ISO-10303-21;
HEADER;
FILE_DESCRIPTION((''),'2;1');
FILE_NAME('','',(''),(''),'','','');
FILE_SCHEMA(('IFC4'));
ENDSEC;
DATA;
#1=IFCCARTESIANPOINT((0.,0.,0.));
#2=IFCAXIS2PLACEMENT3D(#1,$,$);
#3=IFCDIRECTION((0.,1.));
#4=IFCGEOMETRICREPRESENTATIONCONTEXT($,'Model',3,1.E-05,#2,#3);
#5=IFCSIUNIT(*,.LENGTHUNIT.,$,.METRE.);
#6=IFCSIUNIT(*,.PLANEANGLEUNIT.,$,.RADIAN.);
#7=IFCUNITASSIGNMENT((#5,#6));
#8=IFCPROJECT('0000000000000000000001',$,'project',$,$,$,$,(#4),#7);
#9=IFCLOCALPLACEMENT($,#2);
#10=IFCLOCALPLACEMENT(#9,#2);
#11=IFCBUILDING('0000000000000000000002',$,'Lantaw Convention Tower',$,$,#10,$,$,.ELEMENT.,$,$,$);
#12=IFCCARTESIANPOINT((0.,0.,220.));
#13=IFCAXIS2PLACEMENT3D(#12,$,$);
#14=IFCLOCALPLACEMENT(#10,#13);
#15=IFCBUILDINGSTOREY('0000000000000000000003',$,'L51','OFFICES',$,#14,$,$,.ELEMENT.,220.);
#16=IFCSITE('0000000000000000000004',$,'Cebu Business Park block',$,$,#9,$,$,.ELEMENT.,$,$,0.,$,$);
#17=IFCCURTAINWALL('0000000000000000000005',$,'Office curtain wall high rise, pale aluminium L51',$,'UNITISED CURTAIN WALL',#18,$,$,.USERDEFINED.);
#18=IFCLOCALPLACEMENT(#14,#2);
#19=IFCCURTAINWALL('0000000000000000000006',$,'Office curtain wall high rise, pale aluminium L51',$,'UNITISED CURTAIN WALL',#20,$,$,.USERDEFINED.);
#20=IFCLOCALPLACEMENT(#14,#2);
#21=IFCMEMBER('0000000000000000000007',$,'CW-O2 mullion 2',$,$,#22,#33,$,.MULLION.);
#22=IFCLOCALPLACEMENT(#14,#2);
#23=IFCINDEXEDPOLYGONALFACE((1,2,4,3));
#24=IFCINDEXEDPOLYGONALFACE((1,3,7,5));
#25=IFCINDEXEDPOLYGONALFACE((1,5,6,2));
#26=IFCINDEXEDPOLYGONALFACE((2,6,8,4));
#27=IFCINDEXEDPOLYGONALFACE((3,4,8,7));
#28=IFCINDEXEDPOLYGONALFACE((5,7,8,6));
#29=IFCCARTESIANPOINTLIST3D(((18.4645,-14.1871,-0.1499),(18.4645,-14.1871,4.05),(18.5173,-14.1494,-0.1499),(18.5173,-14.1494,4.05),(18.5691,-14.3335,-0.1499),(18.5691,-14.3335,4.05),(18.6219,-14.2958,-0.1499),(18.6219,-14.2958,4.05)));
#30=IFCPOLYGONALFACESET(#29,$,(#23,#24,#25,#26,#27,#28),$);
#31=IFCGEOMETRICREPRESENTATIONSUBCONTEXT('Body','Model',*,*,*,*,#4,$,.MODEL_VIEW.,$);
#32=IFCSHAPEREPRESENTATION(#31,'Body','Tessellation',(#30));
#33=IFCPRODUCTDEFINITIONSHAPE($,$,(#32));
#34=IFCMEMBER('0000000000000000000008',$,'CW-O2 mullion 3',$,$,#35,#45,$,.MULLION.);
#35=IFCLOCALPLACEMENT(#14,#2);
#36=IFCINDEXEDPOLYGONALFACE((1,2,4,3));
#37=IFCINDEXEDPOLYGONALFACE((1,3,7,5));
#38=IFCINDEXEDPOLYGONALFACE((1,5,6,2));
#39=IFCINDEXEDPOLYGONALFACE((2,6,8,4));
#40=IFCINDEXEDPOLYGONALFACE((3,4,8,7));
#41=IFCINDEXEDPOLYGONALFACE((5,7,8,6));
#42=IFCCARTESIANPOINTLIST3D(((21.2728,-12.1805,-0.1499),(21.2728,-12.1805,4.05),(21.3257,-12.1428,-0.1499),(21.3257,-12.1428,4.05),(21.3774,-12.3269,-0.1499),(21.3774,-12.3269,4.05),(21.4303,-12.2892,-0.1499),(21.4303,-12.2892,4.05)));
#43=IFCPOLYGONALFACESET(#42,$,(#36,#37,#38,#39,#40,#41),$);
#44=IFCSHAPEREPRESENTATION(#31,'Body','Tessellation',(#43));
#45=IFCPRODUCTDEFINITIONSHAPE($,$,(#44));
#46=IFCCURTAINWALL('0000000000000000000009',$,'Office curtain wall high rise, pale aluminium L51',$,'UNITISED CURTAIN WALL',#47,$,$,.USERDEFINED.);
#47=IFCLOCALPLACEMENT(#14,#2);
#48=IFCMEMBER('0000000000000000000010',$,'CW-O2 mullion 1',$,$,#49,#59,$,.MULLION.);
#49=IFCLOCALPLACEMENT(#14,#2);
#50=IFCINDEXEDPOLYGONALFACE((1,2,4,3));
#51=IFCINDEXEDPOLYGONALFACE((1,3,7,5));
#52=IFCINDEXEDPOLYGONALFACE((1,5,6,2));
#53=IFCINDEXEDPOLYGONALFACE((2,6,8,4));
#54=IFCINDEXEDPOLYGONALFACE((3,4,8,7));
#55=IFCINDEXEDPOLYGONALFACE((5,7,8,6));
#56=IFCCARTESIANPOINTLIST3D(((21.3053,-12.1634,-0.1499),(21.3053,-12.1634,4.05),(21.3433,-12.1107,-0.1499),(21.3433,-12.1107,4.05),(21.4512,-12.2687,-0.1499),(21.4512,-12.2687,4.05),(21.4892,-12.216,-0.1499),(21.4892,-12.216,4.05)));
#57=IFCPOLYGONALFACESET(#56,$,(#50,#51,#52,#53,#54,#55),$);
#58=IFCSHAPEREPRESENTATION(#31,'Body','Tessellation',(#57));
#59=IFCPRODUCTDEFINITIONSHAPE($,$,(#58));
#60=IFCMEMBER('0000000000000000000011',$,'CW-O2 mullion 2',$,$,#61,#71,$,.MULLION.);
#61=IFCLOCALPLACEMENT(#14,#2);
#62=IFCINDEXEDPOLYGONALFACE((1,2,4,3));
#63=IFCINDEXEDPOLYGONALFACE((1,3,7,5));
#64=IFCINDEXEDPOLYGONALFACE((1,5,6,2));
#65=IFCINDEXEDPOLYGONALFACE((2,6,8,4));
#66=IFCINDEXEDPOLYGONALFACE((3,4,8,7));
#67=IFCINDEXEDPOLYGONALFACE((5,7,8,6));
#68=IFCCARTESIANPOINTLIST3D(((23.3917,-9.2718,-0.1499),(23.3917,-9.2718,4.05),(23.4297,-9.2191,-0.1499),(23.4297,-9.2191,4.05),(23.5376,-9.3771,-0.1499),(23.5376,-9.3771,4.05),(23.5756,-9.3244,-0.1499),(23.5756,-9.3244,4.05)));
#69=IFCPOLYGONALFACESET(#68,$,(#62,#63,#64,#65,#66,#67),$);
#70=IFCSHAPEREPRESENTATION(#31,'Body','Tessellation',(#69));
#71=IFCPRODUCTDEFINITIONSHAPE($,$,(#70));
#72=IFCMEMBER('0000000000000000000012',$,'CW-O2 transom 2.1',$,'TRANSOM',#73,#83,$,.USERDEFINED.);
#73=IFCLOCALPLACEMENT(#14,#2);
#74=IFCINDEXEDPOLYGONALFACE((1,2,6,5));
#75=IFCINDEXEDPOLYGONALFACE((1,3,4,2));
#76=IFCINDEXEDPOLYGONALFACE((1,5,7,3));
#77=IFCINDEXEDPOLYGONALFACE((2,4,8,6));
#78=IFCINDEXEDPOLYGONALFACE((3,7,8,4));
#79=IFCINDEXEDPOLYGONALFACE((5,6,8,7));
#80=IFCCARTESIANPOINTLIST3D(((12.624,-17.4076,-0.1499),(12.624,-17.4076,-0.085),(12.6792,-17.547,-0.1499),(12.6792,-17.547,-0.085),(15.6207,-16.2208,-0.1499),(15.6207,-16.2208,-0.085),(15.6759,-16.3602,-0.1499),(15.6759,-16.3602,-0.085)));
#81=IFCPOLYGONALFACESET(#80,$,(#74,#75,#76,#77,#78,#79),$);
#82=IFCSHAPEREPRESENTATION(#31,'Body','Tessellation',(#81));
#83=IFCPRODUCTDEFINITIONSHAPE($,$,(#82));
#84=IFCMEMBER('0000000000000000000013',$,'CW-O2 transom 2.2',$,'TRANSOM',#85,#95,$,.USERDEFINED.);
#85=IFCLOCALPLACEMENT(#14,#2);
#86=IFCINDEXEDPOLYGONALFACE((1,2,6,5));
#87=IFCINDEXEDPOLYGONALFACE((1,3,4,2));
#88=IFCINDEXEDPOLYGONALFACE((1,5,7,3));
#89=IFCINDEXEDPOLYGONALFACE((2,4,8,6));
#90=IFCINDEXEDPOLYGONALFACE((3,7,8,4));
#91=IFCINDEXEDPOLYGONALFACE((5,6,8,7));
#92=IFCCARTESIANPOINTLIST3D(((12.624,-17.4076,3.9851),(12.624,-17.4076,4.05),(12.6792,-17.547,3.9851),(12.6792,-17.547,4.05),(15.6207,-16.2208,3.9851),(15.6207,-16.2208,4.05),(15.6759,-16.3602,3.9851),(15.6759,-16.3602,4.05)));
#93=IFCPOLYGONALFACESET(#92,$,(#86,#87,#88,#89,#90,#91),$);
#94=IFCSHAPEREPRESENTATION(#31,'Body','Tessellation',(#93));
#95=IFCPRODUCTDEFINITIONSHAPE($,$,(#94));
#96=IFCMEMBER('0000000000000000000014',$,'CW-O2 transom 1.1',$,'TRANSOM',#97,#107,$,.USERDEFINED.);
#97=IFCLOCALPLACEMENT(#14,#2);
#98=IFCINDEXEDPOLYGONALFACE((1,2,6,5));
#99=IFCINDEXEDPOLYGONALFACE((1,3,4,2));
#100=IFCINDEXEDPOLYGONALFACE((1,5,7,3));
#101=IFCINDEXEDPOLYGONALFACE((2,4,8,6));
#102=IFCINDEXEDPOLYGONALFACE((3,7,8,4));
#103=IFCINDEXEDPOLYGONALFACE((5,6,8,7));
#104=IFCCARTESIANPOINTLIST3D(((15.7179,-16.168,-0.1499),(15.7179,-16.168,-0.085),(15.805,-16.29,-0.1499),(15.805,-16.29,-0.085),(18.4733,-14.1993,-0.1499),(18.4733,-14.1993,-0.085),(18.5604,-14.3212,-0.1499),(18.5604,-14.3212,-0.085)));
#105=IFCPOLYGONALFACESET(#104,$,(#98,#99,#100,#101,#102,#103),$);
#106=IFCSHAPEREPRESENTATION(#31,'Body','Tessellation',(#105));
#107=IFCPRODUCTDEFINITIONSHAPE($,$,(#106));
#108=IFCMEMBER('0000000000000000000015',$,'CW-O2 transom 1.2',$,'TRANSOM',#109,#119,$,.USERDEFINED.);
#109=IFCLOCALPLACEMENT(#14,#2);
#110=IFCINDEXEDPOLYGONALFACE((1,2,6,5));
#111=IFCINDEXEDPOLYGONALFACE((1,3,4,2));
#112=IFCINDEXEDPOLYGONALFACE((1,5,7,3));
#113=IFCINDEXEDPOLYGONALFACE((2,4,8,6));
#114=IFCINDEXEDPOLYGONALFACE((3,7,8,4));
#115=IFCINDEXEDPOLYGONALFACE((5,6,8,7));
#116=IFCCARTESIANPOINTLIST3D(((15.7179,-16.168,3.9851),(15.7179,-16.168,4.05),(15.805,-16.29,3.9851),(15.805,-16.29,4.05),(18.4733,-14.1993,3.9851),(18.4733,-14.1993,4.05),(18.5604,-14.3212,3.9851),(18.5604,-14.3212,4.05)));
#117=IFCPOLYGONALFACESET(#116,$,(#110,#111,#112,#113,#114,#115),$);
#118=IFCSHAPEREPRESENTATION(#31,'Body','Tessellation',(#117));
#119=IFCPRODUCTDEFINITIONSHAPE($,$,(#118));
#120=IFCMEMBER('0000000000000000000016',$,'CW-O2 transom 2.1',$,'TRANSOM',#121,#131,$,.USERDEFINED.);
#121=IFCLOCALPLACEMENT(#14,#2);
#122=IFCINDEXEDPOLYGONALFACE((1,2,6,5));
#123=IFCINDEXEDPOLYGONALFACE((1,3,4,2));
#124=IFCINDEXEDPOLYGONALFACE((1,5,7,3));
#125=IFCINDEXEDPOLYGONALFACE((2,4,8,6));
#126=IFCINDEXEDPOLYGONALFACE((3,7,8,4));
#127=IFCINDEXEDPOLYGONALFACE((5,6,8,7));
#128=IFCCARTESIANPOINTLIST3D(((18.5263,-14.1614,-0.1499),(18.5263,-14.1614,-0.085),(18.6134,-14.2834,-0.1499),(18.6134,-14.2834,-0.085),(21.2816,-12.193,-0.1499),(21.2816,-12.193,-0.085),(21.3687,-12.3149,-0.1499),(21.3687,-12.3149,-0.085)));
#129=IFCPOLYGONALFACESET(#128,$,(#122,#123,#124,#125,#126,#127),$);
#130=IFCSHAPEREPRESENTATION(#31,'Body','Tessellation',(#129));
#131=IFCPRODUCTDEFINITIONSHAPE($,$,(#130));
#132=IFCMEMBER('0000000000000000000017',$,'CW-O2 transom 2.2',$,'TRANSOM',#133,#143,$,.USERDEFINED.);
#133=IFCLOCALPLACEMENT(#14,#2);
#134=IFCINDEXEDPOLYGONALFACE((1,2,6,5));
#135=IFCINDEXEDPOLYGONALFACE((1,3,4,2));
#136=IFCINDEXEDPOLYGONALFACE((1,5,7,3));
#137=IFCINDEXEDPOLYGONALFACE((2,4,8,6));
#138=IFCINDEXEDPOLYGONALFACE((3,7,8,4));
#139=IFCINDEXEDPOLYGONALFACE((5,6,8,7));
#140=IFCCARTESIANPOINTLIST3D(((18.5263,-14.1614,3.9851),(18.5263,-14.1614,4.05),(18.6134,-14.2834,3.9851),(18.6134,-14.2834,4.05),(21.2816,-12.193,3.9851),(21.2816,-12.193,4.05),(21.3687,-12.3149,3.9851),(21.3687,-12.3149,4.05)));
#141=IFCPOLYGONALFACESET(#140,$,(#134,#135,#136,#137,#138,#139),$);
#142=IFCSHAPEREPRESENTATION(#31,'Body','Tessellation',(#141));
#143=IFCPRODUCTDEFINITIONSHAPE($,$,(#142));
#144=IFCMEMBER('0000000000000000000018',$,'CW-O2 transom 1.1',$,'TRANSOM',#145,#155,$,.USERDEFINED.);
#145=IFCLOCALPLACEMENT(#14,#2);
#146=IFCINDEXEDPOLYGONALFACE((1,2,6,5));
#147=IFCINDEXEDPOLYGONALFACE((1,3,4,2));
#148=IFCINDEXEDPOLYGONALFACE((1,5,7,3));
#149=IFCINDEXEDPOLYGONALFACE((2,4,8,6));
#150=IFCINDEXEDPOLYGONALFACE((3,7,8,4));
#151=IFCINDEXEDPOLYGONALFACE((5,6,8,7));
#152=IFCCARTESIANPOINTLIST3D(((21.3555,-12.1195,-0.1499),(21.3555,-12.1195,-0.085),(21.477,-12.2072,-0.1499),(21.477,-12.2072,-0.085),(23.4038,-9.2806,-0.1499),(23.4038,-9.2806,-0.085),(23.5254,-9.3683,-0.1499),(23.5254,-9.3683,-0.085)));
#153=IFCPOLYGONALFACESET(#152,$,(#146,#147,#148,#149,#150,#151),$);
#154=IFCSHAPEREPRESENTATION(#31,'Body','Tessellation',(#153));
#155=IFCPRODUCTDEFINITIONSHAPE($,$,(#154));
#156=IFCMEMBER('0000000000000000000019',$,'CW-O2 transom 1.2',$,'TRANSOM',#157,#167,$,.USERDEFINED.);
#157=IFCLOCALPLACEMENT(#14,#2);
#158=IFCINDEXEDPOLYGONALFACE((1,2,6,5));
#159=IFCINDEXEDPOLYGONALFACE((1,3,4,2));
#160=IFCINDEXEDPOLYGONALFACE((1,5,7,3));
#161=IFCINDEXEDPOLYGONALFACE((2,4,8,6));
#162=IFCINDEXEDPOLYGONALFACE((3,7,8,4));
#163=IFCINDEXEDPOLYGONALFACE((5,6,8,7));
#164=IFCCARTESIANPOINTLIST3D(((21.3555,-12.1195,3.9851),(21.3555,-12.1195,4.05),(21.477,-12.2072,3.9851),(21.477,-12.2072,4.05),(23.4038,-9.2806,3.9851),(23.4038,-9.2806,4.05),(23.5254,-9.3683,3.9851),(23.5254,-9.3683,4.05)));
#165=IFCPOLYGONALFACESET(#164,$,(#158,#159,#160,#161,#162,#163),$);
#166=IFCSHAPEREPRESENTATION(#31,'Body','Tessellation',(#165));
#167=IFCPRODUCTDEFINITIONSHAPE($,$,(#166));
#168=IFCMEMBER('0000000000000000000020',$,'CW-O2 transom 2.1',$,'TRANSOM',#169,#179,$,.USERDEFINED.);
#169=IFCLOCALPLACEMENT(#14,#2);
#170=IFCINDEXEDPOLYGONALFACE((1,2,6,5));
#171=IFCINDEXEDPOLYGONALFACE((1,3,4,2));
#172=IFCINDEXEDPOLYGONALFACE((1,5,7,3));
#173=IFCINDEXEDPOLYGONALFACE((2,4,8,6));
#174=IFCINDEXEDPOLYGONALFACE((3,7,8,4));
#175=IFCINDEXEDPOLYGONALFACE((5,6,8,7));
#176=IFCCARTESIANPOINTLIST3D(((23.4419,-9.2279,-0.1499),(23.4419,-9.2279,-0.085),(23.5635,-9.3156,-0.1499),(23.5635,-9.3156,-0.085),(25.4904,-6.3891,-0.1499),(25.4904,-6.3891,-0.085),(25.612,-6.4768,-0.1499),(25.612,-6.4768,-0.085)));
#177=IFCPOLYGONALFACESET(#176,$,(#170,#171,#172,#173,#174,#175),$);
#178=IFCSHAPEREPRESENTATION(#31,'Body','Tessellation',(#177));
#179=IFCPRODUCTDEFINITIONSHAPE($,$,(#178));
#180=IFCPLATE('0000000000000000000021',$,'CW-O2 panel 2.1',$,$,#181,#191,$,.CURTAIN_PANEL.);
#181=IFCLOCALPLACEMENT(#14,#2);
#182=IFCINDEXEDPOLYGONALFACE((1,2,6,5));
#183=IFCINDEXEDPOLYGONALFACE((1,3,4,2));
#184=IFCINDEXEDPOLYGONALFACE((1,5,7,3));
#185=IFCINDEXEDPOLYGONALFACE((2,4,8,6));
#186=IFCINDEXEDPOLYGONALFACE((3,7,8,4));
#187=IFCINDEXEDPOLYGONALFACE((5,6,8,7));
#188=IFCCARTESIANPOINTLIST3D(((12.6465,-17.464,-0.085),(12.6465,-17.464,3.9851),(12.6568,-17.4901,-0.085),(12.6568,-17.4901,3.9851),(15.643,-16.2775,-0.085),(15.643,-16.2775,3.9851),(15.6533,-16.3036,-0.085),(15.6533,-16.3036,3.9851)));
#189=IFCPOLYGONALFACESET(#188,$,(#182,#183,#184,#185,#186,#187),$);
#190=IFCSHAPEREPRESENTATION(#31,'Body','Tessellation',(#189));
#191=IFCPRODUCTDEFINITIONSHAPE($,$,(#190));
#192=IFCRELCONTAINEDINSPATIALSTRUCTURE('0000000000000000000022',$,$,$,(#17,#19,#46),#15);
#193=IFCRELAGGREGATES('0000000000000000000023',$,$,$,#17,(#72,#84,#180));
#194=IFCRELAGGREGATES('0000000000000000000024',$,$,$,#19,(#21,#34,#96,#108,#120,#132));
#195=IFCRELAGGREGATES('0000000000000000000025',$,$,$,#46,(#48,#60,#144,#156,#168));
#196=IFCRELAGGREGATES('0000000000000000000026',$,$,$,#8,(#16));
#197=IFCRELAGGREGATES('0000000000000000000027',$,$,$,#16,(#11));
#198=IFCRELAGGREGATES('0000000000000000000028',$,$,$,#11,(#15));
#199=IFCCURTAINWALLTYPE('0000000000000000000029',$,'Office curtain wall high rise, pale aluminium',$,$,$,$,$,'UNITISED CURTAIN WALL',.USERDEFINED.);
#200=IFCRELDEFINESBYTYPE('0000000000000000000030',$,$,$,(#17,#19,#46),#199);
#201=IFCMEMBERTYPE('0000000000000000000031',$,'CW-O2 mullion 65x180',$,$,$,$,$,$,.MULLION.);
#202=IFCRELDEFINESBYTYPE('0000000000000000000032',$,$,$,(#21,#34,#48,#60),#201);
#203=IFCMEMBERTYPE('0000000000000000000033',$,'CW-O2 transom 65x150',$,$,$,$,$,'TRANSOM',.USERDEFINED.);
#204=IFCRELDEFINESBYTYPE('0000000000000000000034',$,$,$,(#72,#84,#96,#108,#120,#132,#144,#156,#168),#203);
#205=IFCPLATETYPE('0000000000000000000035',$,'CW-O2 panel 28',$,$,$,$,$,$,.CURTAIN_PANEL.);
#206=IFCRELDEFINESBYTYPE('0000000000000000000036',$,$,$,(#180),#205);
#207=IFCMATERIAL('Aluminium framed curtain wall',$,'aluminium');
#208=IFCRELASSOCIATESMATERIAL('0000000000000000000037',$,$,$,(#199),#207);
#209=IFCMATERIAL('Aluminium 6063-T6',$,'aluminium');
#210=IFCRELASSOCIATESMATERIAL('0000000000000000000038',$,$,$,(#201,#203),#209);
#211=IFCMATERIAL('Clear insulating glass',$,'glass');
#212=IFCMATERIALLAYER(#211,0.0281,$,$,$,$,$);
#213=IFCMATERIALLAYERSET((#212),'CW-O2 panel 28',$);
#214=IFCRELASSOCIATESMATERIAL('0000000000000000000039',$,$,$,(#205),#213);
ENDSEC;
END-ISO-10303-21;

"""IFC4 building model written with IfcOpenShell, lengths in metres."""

from ifc_helpers import new_model, si_unit, direction, frame, origin, origin_2d, place, context, subcontext, project, spatial, rectangle, extrude, material, layer, layer_set, material_profile, profile_set, type_object, element, aggregate, save


model = new_model("IFC4")

# Units and contexts
model_context = context("Model", 3, precision=1e-05, world=origin(), true_north=direction((0.0, 1.0)))
body_context = subcontext(model_context, "Body", "Model", "MODEL_VIEW")
ifc_project = project(units=[si_unit("LENGTHUNIT", "METRE"), si_unit("PLANEANGLEUNIT", "RADIAN")], contexts=[model_context])

# Site, building, storey
site_placement = place(None, origin())
site = spatial("IfcSite", under=ifc_project, at=site_placement, Name="Cebu Business Park block", CompositionType="ELEMENT", RefElevation=0.0)
building_placement = place(site_placement, origin())
building = spatial("IfcBuilding", under=site, at=building_placement, Name="Lantaw Convention Tower", CompositionType="ELEMENT")
storey_placement = place(building_placement, frame((0.0, 0.0, 220.0)))
storey = spatial("IfcBuildingStorey", under=building, at=storey_placement, Name="L51", Description="OFFICES", CompositionType="ELEMENT", Elevation=220.0)

# Curtain walls, members
ifc_material_1 = material(Name="Aluminium framed curtain wall", Category="aluminium")
curtain_wall_type = type_object("IfcCurtainWallType", Name="Office curtain wall high rise, pale aluminium", ElementType="UNITISED CURTAIN WALL", PredefinedType="USERDEFINED", material=ifc_material_1)
curtain_wall_1_placement = place(storey_placement, origin())
curtain_wall_1 = element("IfcCurtainWall", 1, at=curtain_wall_1_placement, inside=storey, type_object=curtain_wall_type, Name="Office curtain wall high rise, pale aluminium L51", ObjectType="UNITISED CURTAIN WALL", PredefinedType="USERDEFINED")
ifc_material_2 = material(Name="Aluminium 6063-T6", Category="aluminium")
ifc_material_profile_1 = material_profile(ifc_material_2, rectangle(XDim=0.1799, YDim=0.0649, at=origin_2d()), Name="CW-O2 mullion 65x180")
ifc_profile_set_1 = profile_set([ifc_material_profile_1], Name="Aluminium 6063-T6")
member_type_1 = type_object("IfcMemberType", Name="CW-O2 mullion 65x180", PredefinedType="MULLION", material=ifc_profile_set_1)
curtain_wall_2_placement = place(storey_placement, origin())
curtain_wall_2 = element("IfcCurtainWall", 2, at=curtain_wall_2_placement, inside=storey, type_object=curtain_wall_type, Name="Office curtain wall high rise, pale aluminium L51", ObjectType="UNITISED CURTAIN WALL", PredefinedType="USERDEFINED")
member_1_placement = place(storey_placement, frame((18.5432, -14.2415, -0.1499), z_axis=(0.0, 0.0, 1.0), x_axis=(-0.581323, 0.813673, 0.0)))
member_1 = element("IfcMember", 3, at=member_1_placement, type_object=member_type_1, Name="CW-O2 mullion 2", PredefinedType="MULLION", context=body_context, shape_type="SweptSolid", body=[
    extrude(rectangle(XDim=0.1799, YDim=0.0649, at=origin_2d()), origin(), (0.0, 0.0, 1.0), 4.2),
])
member_2_placement = place(storey_placement, frame((21.3516, -12.2349, -0.1499), z_axis=(0.0, 0.0, 1.0), x_axis=(-0.581323, 0.813673, 0.0)))
member_2 = element("IfcMember", 4, at=member_2_placement, type_object=member_type_1, Name="CW-O2 mullion 3", PredefinedType="MULLION", context=body_context, shape_type="SweptSolid", body=[
    extrude(rectangle(XDim=0.1799, YDim=0.0649, at=origin_2d()), origin(), (0.0, 0.0, 1.0), 4.2),
])
curtain_wall_3_placement = place(storey_placement, origin())
curtain_wall_3 = element("IfcCurtainWall", 5, at=curtain_wall_3_placement, inside=storey, type_object=curtain_wall_type, Name="Office curtain wall high rise, pale aluminium L51", ObjectType="UNITISED CURTAIN WALL", PredefinedType="USERDEFINED")
member_3_placement = place(storey_placement, frame((21.3972, -12.1897, -0.1499), z_axis=(0.0, 0.0, 1.0), x_axis=(-0.81092, 0.585158, 0.0)))
member_3 = element("IfcMember", 6, at=member_3_placement, type_object=member_type_1, Name="CW-O2 mullion 1", PredefinedType="MULLION", context=body_context, shape_type="SweptSolid", body=[
    extrude(rectangle(XDim=0.1799, YDim=0.0649, at=origin_2d()), origin(), (0.0, 0.0, 1.0), 4.2),
])
member_4_placement = place(storey_placement, frame((23.4836, -9.2981, -0.1499), z_axis=(0.0, 0.0, 1.0), x_axis=(-0.81092, 0.585158, 0.0)))
member_4 = element("IfcMember", 7, at=member_4_placement, type_object=member_type_1, Name="CW-O2 mullion 2", PredefinedType="MULLION", context=body_context, shape_type="SweptSolid", body=[
    extrude(rectangle(XDim=0.1799, YDim=0.0649, at=origin_2d()), origin(), (0.0, 0.0, 1.0), 4.2),
])

# Members
ifc_material_profile_2 = material_profile(ifc_material_2, rectangle(XDim=0.1499, YDim=0.0649, at=origin_2d()), Name="CW-O2 transom 65x150")
ifc_profile_set_2 = profile_set([ifc_material_profile_2], Name="Aluminium 6063-T6")
member_type_2 = type_object("IfcMemberType", Name="CW-O2 transom 65x150", ElementType="TRANSOM", PredefinedType="USERDEFINED", material=ifc_profile_set_2)
member_5_placement = place(storey_placement, frame((12.6516, -17.4773, -0.1174), z_axis=(0.929741, 0.368215, 0.0), x_axis=(-0.368215, 0.929741, 0.0)))
member_5 = element("IfcMember", 8, at=member_5_placement, type_object=member_type_2, Name="CW-O2 transom 2.1", ObjectType="TRANSOM", PredefinedType="USERDEFINED", context=body_context, shape_type="SweptSolid", body=[
    extrude(rectangle(XDim=0.1499, YDim=0.0649, at=origin_2d()), origin(), (0.0, 0.0, 1.0), 3.2231),
])
member_6_placement = place(storey_placement, frame((12.6516, -17.4773, 4.0176), z_axis=(0.929741, 0.368215, 0.0), x_axis=(-0.368215, 0.929741, 0.0)))
member_6 = element("IfcMember", 9, at=member_6_placement, type_object=member_type_2, Name="CW-O2 transom 2.2", ObjectType="TRANSOM", PredefinedType="USERDEFINED", context=body_context, shape_type="SweptSolid", body=[
    extrude(rectangle(XDim=0.1499, YDim=0.0649, at=origin_2d()), origin(), (0.0, 0.0, 1.0), 3.2231),
])
member_7_placement = place(storey_placement, frame((15.7615, -16.229, -0.1174), z_axis=(0.813646, 0.581361, 0.0), x_axis=(-0.581361, 0.813646, 0.0)))
member_7 = element("IfcMember", 10, at=member_7_placement, type_object=member_type_2, Name="CW-O2 transom 1.1", ObjectType="TRANSOM", PredefinedType="USERDEFINED", context=body_context, shape_type="SweptSolid", body=[
    extrude(rectangle(XDim=0.1499, YDim=0.0649, at=origin_2d()), origin(), (0.0, 0.0, 1.0), 3.3865),
])
member_8_placement = place(storey_placement, frame((15.7615, -16.229, 4.0176), z_axis=(0.813646, 0.581361, 0.0), x_axis=(-0.581361, 0.813646, 0.0)))
member_8 = element("IfcMember", 11, at=member_8_placement, type_object=member_type_2, Name="CW-O2 transom 1.2", ObjectType="TRANSOM", PredefinedType="USERDEFINED", context=body_context, shape_type="SweptSolid", body=[
    extrude(rectangle(XDim=0.1499, YDim=0.0649, at=origin_2d()), origin(), (0.0, 0.0, 1.0), 3.3865),
])
member_9_placement = place(storey_placement, frame((18.5698, -14.2224, -0.1174), z_axis=(0.81368, 0.581313, 0.0), x_axis=(-0.581313, 0.81368, 0.0)))
member_9 = element("IfcMember", 12, at=member_9_placement, type_object=member_type_2, Name="CW-O2 transom 2.1", ObjectType="TRANSOM", PredefinedType="USERDEFINED", context=body_context, shape_type="SweptSolid", body=[
    extrude(rectangle(XDim=0.1499, YDim=0.0649, at=origin_2d()), origin(), (0.0, 0.0, 1.0), 3.3862),
])
member_10_placement = place(storey_placement, frame((18.5698, -14.2224, 4.0176), z_axis=(0.81368, 0.581313, 0.0), x_axis=(-0.581313, 0.81368, 0.0)))
member_10 = element("IfcMember", 13, at=member_10_placement, type_object=member_type_2, Name="CW-O2 transom 2.2", ObjectType="TRANSOM", PredefinedType="USERDEFINED", context=body_context, shape_type="SweptSolid", body=[
    extrude(rectangle(XDim=0.1499, YDim=0.0649, at=origin_2d()), origin(), (0.0, 0.0, 1.0), 3.3862),
])
member_11_placement = place(storey_placement, frame((21.4163, -12.1633, -0.1174), z_axis=(0.585124, 0.810944, 0.0), x_axis=(-0.810944, 0.585124, 0.0)))
member_11 = element("IfcMember", 14, at=member_11_placement, type_object=member_type_2, Name="CW-O2 transom 1.1", ObjectType="TRANSOM", PredefinedType="USERDEFINED", context=body_context, shape_type="SweptSolid", body=[
    extrude(rectangle(XDim=0.1499, YDim=0.0649, at=origin_2d()), origin(), (0.0, 0.0, 1.0), 3.5007),
])
member_12_placement = place(storey_placement, frame((21.4163, -12.1633, 4.0176), z_axis=(0.585124, 0.810944, 0.0), x_axis=(-0.810944, 0.585124, 0.0)))
member_12 = element("IfcMember", 15, at=member_12_placement, type_object=member_type_2, Name="CW-O2 transom 1.2", ObjectType="TRANSOM", PredefinedType="USERDEFINED", context=body_context, shape_type="SweptSolid", body=[
    extrude(rectangle(XDim=0.1499, YDim=0.0649, at=origin_2d()), origin(), (0.0, 0.0, 1.0), 3.5007),
])
member_13_placement = place(storey_placement, frame((23.5027, -9.2717, -0.1174), z_axis=(0.58517, 0.810911, 0.0), x_axis=(-0.810911, 0.58517, 0.0)))
member_13 = element("IfcMember", 16, at=member_13_placement, type_object=member_type_2, Name="CW-O2 transom 2.1", ObjectType="TRANSOM", PredefinedType="USERDEFINED", context=body_context, shape_type="SweptSolid", body=[
    extrude(rectangle(XDim=0.1499, YDim=0.0649, at=origin_2d()), origin(), (0.0, 0.0, 1.0), 3.5007),
])

# Plate
ifc_material_3 = material(Name="Clear insulating glass", Category="glass")
ifc_layer_1 = layer(ifc_material_3, 0.0281)
ifc_layer_set_1 = layer_set([ifc_layer_1], Name="CW-O2 panel 28")
plate_type_1 = type_object("IfcPlateType", Name="CW-O2 panel 28", PredefinedType="CURTAIN_PANEL", material=ifc_layer_set_1)
plate_1_placement = place(storey_placement, frame((14.1499, -16.8838, -0.085), z_axis=(0.0, 0.0, 1.0), x_axis=(0.929762, 0.368162, 0.0)))
plate_1 = element("IfcPlate", 17, at=plate_1_placement, type_object=plate_type_1, Name="CW-O2 panel 2.1", PredefinedType="CURTAIN_PANEL", context=body_context, shape_type="SweptSolid", body=[
    extrude(rectangle(XDim=3.2229, YDim=0.0281, at=origin_2d()), origin(), (0.0, 0.0, 1.0), 4.0701),
])
aggregate(curtain_wall_1, [member_5, member_6, plate_1])
aggregate(curtain_wall_2, [member_1, member_2, member_7, member_8, member_9, member_10])
aggregate(curtain_wall_3, [member_3, member_4, member_11, member_12, member_13])

save(model, "model.ifc")
